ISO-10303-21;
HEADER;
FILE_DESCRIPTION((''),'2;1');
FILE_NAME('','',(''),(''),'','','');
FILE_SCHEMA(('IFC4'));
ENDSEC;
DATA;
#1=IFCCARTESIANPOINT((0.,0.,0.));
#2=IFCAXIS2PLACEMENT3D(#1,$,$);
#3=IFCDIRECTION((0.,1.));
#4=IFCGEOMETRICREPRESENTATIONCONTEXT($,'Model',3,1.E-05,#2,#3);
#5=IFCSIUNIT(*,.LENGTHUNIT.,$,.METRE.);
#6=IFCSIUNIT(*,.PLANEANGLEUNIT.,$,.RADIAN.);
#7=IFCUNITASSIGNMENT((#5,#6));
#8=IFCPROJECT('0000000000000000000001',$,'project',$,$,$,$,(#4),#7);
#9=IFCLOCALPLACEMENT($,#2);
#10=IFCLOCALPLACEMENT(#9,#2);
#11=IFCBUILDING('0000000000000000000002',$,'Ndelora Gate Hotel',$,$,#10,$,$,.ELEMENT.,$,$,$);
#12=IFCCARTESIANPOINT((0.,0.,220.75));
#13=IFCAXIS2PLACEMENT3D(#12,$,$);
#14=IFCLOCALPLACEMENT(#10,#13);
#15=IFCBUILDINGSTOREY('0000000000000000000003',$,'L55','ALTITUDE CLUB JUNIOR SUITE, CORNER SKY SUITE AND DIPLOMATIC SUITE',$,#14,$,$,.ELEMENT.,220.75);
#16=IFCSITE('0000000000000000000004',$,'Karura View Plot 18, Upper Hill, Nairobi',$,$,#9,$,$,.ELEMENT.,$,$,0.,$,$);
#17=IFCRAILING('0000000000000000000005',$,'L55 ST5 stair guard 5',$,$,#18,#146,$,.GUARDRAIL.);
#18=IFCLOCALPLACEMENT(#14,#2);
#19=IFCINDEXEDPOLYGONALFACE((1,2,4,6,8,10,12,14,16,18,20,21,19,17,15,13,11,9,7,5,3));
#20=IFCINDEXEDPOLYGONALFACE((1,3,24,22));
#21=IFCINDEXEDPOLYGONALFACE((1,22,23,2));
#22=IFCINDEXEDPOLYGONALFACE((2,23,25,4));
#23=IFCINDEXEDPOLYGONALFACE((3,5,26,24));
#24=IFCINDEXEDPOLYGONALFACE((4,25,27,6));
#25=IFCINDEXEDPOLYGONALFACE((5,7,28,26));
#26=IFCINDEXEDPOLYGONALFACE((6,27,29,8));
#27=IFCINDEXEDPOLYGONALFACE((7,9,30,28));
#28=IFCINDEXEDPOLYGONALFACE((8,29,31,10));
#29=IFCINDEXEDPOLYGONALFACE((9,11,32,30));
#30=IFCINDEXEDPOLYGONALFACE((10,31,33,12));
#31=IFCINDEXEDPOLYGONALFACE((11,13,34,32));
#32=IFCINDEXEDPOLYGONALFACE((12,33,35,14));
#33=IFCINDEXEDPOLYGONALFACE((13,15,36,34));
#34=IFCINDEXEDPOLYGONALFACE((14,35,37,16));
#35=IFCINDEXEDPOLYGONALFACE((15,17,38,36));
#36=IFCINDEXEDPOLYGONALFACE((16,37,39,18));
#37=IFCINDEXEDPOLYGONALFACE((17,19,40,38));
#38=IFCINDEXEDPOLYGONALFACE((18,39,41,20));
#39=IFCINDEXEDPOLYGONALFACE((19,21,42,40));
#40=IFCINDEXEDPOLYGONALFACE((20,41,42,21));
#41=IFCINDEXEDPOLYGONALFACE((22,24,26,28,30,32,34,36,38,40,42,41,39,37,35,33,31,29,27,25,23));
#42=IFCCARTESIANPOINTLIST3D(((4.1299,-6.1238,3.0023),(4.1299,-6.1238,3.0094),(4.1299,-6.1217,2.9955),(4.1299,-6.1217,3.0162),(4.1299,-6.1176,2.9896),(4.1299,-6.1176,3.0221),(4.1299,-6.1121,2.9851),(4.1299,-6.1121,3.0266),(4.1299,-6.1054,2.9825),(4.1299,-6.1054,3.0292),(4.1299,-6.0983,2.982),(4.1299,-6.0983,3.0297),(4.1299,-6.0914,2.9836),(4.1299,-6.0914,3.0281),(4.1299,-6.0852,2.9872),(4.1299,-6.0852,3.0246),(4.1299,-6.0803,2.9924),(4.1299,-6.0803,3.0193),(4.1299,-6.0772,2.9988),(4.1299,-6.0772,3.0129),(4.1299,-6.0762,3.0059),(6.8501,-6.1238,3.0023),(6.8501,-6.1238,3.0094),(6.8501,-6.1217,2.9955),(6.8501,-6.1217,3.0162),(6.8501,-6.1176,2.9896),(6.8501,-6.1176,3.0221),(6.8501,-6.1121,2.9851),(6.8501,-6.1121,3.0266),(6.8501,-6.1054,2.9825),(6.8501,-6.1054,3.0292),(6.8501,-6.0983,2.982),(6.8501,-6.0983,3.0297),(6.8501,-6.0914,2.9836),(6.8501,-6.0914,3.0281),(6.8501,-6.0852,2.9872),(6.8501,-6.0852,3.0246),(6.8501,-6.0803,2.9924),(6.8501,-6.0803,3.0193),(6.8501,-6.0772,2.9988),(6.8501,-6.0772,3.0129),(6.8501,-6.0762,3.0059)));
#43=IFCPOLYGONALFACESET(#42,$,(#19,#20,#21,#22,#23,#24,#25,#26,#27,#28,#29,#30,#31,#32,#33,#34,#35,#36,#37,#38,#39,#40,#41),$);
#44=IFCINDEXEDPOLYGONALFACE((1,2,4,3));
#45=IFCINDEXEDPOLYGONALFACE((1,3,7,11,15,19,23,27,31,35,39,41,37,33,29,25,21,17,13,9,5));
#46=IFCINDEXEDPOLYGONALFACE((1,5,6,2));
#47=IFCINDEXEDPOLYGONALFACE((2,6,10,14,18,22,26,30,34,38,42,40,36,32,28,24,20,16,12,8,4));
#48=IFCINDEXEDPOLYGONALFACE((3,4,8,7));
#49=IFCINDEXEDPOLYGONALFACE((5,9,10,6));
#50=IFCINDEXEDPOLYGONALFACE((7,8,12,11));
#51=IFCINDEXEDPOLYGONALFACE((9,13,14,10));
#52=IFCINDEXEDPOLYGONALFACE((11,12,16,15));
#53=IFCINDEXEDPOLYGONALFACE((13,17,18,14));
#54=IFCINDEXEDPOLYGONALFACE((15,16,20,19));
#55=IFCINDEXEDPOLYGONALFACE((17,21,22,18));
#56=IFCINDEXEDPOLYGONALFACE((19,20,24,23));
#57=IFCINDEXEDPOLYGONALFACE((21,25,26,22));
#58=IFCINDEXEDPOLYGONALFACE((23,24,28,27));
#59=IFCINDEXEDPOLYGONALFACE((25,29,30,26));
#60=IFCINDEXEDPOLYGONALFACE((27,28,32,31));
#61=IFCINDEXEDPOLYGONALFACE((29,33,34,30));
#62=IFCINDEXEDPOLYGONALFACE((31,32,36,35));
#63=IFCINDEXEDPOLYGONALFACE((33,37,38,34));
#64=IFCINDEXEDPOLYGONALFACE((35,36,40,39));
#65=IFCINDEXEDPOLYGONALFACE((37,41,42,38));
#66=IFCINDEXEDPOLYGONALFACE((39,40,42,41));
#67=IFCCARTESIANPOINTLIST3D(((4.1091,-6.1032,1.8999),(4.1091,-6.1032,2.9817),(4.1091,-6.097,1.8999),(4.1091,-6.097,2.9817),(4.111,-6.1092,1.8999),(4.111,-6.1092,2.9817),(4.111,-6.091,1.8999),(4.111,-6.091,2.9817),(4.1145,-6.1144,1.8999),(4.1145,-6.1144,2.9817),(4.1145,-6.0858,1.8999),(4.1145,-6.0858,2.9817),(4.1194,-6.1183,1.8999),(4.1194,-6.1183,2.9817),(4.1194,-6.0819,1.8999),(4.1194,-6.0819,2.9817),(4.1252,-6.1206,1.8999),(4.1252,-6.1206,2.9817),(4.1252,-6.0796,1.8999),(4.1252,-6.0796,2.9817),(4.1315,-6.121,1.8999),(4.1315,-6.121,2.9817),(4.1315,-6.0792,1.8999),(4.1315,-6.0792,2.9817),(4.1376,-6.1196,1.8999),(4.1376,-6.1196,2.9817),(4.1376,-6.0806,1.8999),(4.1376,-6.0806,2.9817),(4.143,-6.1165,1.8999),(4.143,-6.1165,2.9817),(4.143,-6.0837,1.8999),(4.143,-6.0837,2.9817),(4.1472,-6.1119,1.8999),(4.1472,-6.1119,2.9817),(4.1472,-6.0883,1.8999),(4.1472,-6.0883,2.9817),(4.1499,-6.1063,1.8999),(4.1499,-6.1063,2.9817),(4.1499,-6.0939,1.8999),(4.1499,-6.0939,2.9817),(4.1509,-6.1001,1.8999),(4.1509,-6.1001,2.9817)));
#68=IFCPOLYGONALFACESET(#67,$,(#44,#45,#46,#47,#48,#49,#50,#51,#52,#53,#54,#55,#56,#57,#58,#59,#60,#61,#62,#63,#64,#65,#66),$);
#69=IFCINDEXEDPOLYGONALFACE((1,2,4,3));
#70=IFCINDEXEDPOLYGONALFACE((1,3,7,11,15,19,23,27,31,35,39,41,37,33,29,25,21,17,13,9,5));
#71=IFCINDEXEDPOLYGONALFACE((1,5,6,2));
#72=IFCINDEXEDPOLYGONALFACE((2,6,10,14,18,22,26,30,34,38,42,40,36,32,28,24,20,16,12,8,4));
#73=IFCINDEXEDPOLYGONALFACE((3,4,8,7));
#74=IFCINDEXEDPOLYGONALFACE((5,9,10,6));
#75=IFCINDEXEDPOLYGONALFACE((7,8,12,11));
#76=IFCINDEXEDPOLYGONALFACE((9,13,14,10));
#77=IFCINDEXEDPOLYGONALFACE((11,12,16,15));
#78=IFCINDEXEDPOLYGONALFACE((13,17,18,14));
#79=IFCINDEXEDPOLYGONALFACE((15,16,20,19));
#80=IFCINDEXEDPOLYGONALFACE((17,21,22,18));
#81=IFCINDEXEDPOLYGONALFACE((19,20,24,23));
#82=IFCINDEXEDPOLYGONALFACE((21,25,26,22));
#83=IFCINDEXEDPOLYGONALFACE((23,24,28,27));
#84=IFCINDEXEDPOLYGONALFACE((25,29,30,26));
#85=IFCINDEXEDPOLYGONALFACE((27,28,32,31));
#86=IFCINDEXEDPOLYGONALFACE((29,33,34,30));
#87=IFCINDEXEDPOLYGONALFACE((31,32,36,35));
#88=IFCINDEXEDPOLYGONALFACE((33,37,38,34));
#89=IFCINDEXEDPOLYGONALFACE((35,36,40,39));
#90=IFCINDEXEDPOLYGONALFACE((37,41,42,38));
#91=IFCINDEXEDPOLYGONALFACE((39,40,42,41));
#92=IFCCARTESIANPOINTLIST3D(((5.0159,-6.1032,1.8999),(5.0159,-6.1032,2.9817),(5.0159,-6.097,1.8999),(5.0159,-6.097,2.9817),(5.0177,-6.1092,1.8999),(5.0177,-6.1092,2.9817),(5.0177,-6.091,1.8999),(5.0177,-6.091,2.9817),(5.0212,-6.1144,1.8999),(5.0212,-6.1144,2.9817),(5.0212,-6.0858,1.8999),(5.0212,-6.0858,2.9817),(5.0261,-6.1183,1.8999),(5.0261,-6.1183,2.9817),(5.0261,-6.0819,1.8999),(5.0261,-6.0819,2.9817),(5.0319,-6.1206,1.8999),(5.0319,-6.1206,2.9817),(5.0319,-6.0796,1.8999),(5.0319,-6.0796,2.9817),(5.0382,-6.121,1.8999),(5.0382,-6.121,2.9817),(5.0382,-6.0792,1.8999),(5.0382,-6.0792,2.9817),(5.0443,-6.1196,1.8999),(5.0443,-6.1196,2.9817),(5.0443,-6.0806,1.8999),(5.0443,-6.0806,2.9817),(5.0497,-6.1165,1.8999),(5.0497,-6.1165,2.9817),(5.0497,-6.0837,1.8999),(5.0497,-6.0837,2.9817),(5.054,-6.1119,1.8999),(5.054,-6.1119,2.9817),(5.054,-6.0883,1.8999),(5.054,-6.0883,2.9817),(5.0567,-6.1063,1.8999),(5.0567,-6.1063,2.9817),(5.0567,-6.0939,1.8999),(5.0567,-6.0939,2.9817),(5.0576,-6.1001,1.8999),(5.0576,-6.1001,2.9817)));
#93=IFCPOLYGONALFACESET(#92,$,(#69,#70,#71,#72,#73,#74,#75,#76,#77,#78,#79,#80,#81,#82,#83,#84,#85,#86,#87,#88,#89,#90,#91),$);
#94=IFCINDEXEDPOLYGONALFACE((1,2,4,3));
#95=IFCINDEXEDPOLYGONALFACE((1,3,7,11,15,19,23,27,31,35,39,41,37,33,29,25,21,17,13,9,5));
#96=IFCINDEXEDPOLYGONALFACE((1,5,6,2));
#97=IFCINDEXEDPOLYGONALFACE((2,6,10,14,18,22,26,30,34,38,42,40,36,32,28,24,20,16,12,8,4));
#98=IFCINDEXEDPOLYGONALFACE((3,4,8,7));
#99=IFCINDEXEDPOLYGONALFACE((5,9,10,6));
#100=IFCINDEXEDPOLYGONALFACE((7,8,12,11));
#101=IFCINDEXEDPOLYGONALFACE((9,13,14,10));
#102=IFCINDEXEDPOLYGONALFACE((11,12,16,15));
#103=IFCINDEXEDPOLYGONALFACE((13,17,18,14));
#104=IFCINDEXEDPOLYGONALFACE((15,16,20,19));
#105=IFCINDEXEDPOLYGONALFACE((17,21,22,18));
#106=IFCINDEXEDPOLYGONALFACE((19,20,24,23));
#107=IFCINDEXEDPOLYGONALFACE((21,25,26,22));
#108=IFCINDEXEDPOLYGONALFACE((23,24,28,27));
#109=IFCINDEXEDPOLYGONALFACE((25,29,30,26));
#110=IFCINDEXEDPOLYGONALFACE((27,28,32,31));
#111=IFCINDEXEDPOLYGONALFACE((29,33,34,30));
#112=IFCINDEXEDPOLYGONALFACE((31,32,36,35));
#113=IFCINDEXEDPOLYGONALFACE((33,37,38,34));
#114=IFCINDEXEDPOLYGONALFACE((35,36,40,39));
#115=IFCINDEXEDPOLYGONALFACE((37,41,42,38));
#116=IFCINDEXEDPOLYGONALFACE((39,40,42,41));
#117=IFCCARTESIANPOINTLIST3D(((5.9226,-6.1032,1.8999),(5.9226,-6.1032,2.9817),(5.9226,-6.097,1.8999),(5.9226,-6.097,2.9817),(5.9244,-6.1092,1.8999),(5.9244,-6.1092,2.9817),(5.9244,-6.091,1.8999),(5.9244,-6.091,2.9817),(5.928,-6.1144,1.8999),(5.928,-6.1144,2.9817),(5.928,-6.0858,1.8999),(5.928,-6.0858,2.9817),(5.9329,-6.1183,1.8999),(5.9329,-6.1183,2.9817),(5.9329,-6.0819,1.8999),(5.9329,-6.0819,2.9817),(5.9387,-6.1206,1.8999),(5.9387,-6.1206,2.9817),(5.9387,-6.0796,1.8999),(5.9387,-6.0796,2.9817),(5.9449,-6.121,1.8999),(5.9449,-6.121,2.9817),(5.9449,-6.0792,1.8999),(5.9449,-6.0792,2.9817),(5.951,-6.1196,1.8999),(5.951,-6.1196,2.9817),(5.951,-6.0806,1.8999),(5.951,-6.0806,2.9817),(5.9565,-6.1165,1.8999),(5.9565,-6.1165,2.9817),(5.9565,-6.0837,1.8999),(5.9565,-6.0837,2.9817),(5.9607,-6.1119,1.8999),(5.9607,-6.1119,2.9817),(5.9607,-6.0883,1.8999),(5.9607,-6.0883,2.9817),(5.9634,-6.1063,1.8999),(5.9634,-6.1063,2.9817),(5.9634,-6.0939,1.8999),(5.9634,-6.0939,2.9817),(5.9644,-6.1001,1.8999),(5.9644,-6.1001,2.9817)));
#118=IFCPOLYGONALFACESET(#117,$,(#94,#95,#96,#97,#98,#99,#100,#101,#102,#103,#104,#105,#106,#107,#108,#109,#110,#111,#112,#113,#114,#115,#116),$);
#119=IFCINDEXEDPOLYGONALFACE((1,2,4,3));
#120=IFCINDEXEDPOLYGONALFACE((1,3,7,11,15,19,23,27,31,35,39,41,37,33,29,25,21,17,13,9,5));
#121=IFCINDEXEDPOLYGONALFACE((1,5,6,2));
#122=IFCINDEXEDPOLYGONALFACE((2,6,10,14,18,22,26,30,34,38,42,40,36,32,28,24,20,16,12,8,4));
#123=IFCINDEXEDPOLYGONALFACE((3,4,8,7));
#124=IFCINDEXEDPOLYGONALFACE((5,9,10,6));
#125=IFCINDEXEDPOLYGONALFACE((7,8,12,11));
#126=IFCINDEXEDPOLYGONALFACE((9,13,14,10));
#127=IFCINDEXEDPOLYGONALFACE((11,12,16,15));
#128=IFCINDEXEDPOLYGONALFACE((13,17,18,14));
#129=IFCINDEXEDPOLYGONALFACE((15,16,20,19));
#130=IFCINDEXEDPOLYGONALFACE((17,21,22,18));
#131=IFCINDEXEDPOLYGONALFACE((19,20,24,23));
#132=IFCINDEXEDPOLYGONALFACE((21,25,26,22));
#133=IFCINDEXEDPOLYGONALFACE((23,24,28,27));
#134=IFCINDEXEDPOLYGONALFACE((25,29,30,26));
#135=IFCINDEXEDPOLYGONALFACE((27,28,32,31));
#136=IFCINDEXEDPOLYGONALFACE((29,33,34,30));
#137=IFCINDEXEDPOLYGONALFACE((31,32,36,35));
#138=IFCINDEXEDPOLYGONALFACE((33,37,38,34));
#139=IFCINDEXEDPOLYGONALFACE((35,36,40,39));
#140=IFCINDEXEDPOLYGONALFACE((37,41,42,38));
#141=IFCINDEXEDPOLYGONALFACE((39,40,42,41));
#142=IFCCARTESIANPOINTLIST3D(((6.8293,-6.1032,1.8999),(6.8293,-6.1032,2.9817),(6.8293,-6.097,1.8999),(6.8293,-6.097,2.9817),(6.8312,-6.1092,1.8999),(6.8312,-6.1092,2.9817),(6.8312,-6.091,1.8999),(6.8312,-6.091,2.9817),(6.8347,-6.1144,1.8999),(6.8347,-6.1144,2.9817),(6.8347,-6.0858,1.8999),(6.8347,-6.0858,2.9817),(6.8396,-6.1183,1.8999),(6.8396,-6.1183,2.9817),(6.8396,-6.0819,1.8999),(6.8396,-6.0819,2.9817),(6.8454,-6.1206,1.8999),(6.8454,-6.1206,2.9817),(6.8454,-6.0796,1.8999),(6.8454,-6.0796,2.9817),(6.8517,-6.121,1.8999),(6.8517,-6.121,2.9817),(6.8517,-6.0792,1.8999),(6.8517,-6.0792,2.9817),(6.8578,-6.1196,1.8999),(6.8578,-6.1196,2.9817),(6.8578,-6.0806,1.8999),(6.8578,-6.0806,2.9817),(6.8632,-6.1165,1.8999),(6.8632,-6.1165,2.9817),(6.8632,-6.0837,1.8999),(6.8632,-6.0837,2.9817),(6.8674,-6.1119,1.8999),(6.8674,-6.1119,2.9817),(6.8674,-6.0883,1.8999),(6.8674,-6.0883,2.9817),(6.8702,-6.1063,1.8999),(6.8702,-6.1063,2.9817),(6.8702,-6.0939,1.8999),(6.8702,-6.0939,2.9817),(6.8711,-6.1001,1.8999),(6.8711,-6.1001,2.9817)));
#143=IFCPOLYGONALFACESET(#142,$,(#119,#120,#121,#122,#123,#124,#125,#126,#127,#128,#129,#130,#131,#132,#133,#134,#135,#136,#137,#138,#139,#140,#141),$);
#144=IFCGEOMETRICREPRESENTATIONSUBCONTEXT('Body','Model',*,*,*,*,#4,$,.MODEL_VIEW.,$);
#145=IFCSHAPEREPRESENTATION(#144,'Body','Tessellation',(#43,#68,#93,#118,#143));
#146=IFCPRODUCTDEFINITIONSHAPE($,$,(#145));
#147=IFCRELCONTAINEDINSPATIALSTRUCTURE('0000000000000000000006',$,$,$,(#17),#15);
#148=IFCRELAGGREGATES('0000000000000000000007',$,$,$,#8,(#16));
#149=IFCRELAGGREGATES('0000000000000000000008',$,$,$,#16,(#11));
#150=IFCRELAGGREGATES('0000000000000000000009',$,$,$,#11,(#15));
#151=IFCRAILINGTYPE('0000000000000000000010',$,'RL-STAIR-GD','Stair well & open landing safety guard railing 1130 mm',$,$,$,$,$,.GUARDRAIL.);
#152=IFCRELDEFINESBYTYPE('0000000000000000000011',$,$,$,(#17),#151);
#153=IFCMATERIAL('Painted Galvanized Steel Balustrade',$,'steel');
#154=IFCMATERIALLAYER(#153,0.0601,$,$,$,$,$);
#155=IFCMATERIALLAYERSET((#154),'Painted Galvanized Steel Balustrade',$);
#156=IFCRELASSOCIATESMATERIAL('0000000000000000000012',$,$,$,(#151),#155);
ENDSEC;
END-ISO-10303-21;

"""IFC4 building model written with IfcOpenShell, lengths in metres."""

from ifc_helpers import new_model, si_unit, direction, frame, origin, origin_2d, place, context, subcontext, project, spatial, circle, extrude, material, layer, layer_set, type_object, element, save


model = new_model("IFC4")

# Units and contexts
model_context = context("Model", 3, precision=1e-05, world=origin(), true_north=direction((0.0, 1.0)))
body_context = subcontext(model_context, "Body", "Model", "MODEL_VIEW")
ifc_project = project(units=[si_unit("LENGTHUNIT", "METRE"), si_unit("PLANEANGLEUNIT", "RADIAN")], contexts=[model_context])

# Site, building, storey
site_placement = place(None, origin())
site = spatial("IfcSite", under=ifc_project, at=site_placement, Name="Karura View Plot 18, Upper Hill, Nairobi", CompositionType="ELEMENT", RefElevation=0.0)
building_placement = place(site_placement, origin())
building = spatial("IfcBuilding", under=site, at=building_placement, Name="Ndelora Gate Hotel", CompositionType="ELEMENT")
storey_placement = place(building_placement, frame((0.0, 0.0, 220.75)))
storey = spatial("IfcBuildingStorey", under=building, at=storey_placement, Name="L55", Description="ALTITUDE CLUB JUNIOR SUITE, CORNER SKY SUITE AND DIPLOMATIC SUITE", CompositionType="ELEMENT", Elevation=220.75)

# Railing
ifc_material_1 = material(Name="Painted Galvanized Steel Balustrade", Category="steel")
ifc_layer_1 = layer(ifc_material_1, 0.0601)
ifc_layer_set_1 = layer_set([ifc_layer_1], Name="Painted Galvanized Steel Balustrade")
railing_type_1 = type_object("IfcRailingType", Name="RL-STAIR-GD", Description="Stair well & open landing safety guard railing 1130 mm", PredefinedType="GUARDRAIL", material=ifc_layer_set_1)
railing_1_placement = place(storey_placement, frame((4.1299, -6.1001, 1.8999)))
element("IfcRailing", 1, at=railing_1_placement, inside=storey, type_object=railing_type_1, Name="L55 ST5 stair guard 5", PredefinedType="GUARDRAIL", context=body_context, shape_type="SweptSolid", body=[
    extrude(circle(Radius=0.0239, at=origin_2d()), frame((0.0, 0.0, 1.106), z_axis=(1.0, 0.0, 0.0), x_axis=(0.0, 1.0, 0.0)), (0.0, 0.0, 1.0), 2.7202),
    extrude(circle(Radius=0.021, at=origin_2d()), origin(), (0.0, 0.0, 1.0), 1.0818),
    extrude(circle(Radius=0.021, at=origin_2d()), frame((0.9067, 0.0, 0.0)), (0.0, 0.0, 1.0), 1.0818),
    extrude(circle(Radius=0.021, at=origin_2d()), frame((1.8135, 0.0, 0.0)), (0.0, 0.0, 1.0), 1.0818),
    extrude(circle(Radius=0.021, at=origin_2d()), frame((2.7202, 0.0, 0.0)), (0.0, 0.0, 1.0), 1.0818),
])

save(model, "model.ifc")
